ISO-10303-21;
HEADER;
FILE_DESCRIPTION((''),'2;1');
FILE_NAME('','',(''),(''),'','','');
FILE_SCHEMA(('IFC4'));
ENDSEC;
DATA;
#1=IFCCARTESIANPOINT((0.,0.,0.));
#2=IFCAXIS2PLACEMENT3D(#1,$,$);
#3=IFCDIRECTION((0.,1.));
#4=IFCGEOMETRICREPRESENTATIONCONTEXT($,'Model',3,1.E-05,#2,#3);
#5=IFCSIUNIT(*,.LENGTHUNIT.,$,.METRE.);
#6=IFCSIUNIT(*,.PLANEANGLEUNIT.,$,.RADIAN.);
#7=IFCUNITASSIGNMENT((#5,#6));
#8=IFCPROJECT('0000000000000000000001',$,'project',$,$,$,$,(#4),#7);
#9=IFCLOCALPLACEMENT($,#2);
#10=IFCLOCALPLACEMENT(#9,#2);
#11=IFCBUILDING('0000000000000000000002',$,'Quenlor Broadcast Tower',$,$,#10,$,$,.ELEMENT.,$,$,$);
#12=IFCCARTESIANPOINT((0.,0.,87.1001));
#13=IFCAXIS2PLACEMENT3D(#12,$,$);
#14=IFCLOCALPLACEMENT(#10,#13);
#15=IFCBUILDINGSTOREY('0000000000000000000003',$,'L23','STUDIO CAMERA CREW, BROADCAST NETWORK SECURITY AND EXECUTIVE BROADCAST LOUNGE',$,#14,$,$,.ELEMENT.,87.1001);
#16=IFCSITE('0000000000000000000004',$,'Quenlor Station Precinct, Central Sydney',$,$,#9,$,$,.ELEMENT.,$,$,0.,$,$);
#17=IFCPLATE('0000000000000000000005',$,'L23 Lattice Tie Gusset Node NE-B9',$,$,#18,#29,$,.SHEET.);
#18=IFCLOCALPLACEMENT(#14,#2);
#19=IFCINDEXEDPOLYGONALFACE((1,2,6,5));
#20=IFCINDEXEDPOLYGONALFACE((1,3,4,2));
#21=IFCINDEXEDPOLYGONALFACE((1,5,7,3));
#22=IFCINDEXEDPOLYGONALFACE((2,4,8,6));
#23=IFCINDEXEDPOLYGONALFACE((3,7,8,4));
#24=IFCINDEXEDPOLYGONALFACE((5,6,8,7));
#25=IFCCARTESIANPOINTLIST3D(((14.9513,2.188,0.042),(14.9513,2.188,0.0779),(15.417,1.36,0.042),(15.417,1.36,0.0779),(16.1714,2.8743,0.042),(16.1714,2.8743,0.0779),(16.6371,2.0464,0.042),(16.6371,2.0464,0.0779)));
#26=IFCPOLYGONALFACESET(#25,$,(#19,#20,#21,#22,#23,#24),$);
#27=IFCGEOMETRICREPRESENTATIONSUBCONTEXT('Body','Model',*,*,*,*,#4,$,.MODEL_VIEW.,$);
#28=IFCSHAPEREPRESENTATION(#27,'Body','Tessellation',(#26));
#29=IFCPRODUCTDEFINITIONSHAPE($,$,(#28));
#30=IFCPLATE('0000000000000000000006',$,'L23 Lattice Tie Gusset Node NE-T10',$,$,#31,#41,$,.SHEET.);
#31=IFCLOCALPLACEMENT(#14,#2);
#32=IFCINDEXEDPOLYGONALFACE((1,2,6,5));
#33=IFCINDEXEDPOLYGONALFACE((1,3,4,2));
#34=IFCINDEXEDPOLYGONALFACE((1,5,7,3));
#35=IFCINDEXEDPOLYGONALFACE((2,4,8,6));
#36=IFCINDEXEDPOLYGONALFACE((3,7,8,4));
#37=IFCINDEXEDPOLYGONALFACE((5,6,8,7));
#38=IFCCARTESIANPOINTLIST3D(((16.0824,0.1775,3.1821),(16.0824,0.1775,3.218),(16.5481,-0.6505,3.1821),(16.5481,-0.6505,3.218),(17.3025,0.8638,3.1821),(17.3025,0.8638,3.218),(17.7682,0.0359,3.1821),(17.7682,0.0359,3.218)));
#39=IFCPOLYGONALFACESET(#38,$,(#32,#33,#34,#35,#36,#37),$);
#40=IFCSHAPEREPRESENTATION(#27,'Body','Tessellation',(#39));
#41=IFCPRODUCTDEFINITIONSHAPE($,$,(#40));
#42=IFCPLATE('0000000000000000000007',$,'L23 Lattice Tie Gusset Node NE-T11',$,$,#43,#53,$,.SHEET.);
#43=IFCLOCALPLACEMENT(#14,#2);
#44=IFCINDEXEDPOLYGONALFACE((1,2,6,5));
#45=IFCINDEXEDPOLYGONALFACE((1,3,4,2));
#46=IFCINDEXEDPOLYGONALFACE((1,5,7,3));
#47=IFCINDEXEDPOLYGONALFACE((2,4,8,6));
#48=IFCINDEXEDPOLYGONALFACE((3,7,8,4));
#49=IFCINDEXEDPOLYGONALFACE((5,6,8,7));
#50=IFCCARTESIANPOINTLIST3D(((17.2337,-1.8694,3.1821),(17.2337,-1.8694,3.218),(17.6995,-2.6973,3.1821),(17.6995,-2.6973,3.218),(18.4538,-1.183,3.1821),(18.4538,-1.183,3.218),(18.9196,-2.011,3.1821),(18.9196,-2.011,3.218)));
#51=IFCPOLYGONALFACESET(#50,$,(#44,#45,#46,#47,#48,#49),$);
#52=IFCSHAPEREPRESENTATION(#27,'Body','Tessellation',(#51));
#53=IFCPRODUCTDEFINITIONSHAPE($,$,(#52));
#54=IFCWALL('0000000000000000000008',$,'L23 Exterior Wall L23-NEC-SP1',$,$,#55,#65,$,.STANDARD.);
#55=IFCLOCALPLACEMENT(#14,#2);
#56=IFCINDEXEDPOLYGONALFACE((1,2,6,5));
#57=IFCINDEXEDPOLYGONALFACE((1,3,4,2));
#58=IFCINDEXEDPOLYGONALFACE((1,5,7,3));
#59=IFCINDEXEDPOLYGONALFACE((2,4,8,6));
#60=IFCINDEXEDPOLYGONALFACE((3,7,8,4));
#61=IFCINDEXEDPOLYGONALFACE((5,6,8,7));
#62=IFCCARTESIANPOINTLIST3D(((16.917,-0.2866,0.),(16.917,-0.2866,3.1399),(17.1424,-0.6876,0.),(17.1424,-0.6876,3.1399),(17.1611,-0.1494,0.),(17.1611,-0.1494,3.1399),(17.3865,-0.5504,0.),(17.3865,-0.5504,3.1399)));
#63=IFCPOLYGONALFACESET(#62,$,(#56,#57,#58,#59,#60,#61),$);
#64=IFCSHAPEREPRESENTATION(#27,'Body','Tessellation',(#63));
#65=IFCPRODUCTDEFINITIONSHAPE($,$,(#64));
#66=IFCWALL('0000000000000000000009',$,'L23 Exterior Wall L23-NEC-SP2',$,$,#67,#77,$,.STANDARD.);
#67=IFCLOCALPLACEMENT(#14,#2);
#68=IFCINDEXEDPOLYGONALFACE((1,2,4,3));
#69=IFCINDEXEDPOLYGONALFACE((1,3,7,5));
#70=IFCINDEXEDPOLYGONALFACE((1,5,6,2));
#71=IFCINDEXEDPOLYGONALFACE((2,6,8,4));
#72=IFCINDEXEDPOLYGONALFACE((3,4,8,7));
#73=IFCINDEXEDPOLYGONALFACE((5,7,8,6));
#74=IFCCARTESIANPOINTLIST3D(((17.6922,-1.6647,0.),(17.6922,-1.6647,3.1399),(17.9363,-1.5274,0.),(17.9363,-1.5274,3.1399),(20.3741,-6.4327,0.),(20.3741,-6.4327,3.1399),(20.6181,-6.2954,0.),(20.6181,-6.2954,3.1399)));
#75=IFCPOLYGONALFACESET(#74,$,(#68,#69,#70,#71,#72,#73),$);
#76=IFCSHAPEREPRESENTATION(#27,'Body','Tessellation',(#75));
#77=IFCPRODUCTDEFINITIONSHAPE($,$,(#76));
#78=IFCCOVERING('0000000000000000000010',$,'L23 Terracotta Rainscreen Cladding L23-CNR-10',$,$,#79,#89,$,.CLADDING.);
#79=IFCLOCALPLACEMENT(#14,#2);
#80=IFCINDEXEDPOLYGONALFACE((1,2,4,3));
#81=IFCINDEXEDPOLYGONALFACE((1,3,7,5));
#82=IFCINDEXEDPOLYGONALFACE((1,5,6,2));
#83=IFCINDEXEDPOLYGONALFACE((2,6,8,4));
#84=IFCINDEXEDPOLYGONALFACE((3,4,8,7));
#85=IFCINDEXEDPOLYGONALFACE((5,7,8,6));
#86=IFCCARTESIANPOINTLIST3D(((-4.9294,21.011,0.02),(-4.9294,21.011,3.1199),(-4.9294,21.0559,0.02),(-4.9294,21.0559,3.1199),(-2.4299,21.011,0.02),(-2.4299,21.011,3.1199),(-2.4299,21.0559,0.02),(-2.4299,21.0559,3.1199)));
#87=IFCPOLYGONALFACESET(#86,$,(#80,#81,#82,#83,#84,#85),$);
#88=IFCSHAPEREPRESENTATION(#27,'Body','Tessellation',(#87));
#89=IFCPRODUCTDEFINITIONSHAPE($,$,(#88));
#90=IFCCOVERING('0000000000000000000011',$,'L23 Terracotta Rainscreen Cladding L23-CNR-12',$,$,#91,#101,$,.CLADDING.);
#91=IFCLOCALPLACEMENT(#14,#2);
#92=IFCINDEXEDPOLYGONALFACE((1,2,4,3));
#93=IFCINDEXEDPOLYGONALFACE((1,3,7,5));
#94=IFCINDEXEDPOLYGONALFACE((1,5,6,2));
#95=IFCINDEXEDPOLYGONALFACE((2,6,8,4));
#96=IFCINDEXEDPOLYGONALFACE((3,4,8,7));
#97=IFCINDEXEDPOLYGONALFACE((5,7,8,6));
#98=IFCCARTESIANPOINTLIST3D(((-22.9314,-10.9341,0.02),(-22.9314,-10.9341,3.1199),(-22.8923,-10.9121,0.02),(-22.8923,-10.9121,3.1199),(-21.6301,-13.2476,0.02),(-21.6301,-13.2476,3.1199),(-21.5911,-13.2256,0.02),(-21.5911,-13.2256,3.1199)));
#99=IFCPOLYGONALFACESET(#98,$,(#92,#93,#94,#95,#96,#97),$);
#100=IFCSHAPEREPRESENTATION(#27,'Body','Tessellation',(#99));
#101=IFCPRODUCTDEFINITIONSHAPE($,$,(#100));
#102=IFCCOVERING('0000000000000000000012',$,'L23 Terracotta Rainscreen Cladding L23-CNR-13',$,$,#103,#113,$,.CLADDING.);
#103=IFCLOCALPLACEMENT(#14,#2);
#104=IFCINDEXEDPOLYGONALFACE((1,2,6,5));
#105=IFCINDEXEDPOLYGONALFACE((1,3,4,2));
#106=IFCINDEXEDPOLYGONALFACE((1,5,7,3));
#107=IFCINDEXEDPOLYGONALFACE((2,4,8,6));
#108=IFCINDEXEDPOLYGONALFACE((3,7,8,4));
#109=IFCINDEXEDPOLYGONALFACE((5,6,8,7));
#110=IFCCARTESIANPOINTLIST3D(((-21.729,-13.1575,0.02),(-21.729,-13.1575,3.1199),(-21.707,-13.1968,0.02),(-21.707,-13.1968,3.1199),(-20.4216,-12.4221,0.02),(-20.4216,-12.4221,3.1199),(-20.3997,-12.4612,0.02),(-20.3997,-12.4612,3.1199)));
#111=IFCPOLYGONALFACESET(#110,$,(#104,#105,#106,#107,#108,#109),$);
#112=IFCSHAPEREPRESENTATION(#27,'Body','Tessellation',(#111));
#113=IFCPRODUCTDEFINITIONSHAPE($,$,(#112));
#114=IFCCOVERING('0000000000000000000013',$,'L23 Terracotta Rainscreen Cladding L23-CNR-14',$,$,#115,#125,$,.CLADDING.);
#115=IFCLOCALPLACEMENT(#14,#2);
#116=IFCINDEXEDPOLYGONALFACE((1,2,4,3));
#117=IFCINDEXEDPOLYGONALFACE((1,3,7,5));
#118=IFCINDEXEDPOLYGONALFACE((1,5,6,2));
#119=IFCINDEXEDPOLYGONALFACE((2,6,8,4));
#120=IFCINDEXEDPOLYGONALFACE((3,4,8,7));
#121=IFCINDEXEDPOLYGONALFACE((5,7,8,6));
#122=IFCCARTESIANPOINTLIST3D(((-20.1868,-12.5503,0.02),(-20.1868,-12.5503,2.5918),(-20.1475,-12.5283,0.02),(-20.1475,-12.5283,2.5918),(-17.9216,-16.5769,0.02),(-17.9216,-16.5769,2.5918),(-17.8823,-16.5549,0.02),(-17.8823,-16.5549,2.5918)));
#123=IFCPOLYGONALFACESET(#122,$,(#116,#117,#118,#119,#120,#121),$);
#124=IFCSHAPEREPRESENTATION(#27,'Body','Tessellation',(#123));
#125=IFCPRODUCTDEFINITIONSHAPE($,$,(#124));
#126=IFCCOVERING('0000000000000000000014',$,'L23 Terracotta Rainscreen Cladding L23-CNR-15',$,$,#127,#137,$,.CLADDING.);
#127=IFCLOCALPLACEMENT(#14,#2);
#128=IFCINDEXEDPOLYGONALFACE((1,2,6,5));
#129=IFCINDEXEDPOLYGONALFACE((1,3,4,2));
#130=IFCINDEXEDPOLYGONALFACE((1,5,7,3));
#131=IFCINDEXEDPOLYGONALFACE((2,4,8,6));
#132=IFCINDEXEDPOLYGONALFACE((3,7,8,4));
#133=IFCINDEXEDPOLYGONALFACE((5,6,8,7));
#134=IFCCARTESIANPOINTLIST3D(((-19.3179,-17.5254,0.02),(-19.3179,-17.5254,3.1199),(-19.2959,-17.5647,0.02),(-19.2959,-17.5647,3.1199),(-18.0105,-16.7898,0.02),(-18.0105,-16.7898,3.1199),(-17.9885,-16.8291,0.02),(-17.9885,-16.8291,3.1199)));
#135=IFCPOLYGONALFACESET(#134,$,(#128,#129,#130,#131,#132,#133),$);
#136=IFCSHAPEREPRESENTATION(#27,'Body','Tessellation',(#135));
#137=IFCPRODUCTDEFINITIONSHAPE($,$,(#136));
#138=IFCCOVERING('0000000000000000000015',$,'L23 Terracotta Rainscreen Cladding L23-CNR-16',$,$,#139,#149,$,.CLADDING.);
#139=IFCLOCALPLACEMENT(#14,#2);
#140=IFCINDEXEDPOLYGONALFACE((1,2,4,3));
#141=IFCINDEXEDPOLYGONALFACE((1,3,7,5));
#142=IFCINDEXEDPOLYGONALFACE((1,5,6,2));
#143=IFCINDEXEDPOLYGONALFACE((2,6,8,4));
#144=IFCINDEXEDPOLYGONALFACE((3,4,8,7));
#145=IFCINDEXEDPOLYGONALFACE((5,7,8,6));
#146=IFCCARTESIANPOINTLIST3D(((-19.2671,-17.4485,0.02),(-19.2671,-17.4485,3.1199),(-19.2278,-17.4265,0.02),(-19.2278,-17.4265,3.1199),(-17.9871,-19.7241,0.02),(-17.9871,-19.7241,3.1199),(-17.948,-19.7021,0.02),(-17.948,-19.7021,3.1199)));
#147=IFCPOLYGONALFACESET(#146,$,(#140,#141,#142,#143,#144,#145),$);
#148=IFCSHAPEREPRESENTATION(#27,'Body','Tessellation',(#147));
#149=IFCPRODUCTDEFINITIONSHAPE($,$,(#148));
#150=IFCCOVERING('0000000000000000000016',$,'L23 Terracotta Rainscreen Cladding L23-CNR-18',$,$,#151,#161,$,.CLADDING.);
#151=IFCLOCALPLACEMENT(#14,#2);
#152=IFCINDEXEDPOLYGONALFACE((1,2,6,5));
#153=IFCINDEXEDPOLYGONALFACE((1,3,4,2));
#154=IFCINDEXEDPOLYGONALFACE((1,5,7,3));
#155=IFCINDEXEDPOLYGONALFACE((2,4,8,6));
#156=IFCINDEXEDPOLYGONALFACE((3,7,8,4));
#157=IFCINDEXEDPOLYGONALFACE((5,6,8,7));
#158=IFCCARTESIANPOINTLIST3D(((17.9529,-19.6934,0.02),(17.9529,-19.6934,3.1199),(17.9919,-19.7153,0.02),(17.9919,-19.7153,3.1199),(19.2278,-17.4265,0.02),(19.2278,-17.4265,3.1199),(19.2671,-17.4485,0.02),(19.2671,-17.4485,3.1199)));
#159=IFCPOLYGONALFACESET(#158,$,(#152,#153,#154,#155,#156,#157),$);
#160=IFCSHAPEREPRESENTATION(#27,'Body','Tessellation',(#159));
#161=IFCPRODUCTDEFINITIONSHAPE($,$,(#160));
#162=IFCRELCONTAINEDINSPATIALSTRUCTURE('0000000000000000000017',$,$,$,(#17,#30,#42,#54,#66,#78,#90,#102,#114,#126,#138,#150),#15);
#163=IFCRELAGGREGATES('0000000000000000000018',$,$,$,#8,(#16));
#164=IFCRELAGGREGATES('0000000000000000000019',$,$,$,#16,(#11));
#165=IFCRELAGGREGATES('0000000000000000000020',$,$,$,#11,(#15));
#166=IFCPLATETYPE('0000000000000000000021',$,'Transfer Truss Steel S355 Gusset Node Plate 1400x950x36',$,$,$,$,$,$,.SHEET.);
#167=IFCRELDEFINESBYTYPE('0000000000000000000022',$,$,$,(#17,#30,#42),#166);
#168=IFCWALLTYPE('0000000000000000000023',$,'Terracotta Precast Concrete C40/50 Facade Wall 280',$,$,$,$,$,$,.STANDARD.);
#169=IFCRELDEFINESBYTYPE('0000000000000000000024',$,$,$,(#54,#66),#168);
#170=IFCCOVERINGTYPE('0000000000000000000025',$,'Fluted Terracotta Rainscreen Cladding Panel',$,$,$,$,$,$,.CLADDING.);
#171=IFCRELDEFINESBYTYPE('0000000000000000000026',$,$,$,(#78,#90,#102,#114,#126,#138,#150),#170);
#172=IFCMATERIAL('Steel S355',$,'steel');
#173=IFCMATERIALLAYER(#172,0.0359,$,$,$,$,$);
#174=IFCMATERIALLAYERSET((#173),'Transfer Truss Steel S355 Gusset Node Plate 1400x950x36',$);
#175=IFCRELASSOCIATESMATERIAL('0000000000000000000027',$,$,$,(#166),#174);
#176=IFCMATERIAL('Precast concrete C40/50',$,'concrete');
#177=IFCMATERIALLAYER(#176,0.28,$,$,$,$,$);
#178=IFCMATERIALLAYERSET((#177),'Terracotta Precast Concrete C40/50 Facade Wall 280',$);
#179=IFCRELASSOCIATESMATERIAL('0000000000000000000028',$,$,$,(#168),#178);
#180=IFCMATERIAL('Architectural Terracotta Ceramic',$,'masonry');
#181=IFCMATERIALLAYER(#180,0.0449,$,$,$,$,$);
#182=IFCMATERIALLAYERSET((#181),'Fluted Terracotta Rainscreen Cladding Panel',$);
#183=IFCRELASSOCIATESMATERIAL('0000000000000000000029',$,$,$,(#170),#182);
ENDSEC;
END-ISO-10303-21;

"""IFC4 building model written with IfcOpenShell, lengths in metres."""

from ifc_helpers import new_model, si_unit, direction, frame, frame_2d, origin, origin_2d, place, context, subcontext, project, spatial, polyline, rectangle, outline, extrude, material, layer, layer_set, type_object, element, save


model = new_model("IFC4")

# Units and contexts
model_context = context("Model", 3, precision=1e-05, world=origin(), true_north=direction((0.0, 1.0)))
body_context = subcontext(model_context, "Body", "Model", "MODEL_VIEW")
ifc_project = project(units=[si_unit("LENGTHUNIT", "METRE"), si_unit("PLANEANGLEUNIT", "RADIAN")], contexts=[model_context])

# Site, building, storey
site_placement = place(None, origin())
site = spatial("IfcSite", under=ifc_project, at=site_placement, Name="Quenlor Station Precinct, Central Sydney", CompositionType="ELEMENT", RefElevation=0.0)
building_placement = place(site_placement, origin())
building = spatial("IfcBuilding", under=site, at=building_placement, Name="Quenlor Broadcast Tower", CompositionType="ELEMENT")
storey_placement = place(building_placement, frame((0.0, 0.0, 87.1001)))
storey = spatial("IfcBuildingStorey", under=building, at=storey_placement, Name="L23", Description="STUDIO CAMERA CREW, BROADCAST NETWORK SECURITY AND EXECUTIVE BROADCAST LOUNGE", CompositionType="ELEMENT", Elevation=87.1001)

# Plates
ifc_material_1 = material(Name="Steel S355", Category="steel")
ifc_layer_1 = layer(ifc_material_1, 0.0359)
ifc_layer_set_1 = layer_set([ifc_layer_1], Name="Transfer Truss Steel S355 Gusset Node Plate 1400x950x36")
plate_type_1 = type_object("IfcPlateType", Name="Transfer Truss Steel S355 Gusset Node Plate 1400x950x36", PredefinedType="SHEET", material=ifc_layer_set_1)
for number, where, z_axis, x_axis, name in (
    (1, (15.7942, 2.1172, 0.042), (0.0, 0.0, 1.0), (0.871556, 0.490295, 0.0), "L23 Lattice Tie Gusset Node NE-B9"),
    (2, (16.9253, 0.1067, 3.1821), (0.0, 0.0, 1.0), (0.871556, 0.490295, 0.0), "L23 Lattice Tie Gusset Node NE-T10"),
    (3, (18.0767, -1.9402, 3.1821), (0.0, 0.0, 1.0), (0.871556, 0.490295, 0.0), "L23 Lattice Tie Gusset Node NE-T11"),
):
    element("IfcPlate", number, at=place(storey_placement, frame(where, z_axis=z_axis, x_axis=x_axis)), inside=storey, type_object=plate_type_1, Name=name, PredefinedType="SHEET", context=body_context, shape_type="SweptSolid", body=[
        extrude(rectangle(XDim=1.3999, YDim=0.95, at=origin_2d()), origin(), (0.0, 0.0, 1.0), 0.0359),
    ])

# Walls
ifc_material_2 = material(Name="Precast concrete C40/50", Category="concrete")
ifc_layer_2 = layer(ifc_material_2, 0.28)
ifc_layer_set_2 = layer_set([ifc_layer_2], Name="Terracotta Precast Concrete C40/50 Facade Wall 280")
wall_type = type_object("IfcWallType", Name="Terracotta Precast Concrete C40/50 Facade Wall 280", PredefinedType="STANDARD", material=ifc_layer_set_2)
wall_1_placement = place(storey_placement, frame((17.0391, -0.218, 0.0), z_axis=(0.0, 0.0, 1.0), x_axis=(0.490009, -0.871717, 0.0)))
element("IfcWall", 4, at=wall_1_placement, inside=storey, type_object=wall_type, Name="L23 Exterior Wall L23-NEC-SP1", PredefinedType="STANDARD", context=body_context, shape_type="SweptSolid", body=[
    extrude(rectangle(XDim=0.46, YDim=0.28, at=frame_2d((0.23, 0.0))), origin(), (0.0, 0.0, 1.0), 3.1399),
])
wall_2_placement = place(storey_placement, frame((17.8142, -1.5959, 0.0), z_axis=(0.0, 0.0, 1.0), x_axis=(0.49024, -0.871587, 0.0)))
element("IfcWall", 5, at=wall_2_placement, inside=storey, type_object=wall_type, Name="L23 Exterior Wall L23-NEC-SP2", PredefinedType="STANDARD", context=body_context, shape_type="SweptSolid", body=[
    extrude(rectangle(XDim=5.4705, YDim=0.28, at=frame_2d((2.7354, 0.0))), origin(), (0.0, 0.0, 1.0), 3.1399),
])

# Coverings
ifc_material_3 = material(Name="Architectural Terracotta Ceramic", Category="masonry")
ifc_layer_3 = layer(ifc_material_3, 0.0449)
ifc_layer_set_3 = layer_set([ifc_layer_3], Name="Fluted Terracotta Rainscreen Cladding Panel")
covering_type = type_object("IfcCoveringType", Name="Fluted Terracotta Rainscreen Cladding Panel", PredefinedType="CLADDING", material=ifc_layer_set_3)
covering_1_placement = place(storey_placement, frame((0.0, 0.0, 0.02)))
element("IfcCovering", 6, at=covering_1_placement, inside=storey, type_object=covering_type, Name="L23 Terracotta Rainscreen Cladding L23-CNR-10", PredefinedType="CLADDING", context=body_context, shape_type="SweptSolid", body=[
    extrude(outline(polyline([(-2.4299, 21.0559), (-4.9294, 21.0559), (-4.9294, 21.011), (-2.4299, 21.011), (-2.4299, 21.0559)])), origin(), (0.0, 0.0, 1.0), 3.0999),
])
covering_2_placement = place(storey_placement, frame((0.0, 0.0, 0.02)))
element("IfcCovering", 7, at=covering_2_placement, inside=storey, type_object=covering_type, Name="L23 Terracotta Rainscreen Cladding L23-CNR-12", PredefinedType="CLADDING", context=body_context, shape_type="SweptSolid", body=[
    extrude(outline(polyline([(-22.9314, -10.9341), (-21.6301, -13.2476), (-21.5911, -13.2256), (-22.8923, -10.9121), (-22.9314, -10.9341)])), origin(), (0.0, 0.0, 1.0), 3.0999),
])
covering_3_placement = place(storey_placement, frame((0.0, 0.0, 0.02)))
element("IfcCovering", 8, at=covering_3_placement, inside=storey, type_object=covering_type, Name="L23 Terracotta Rainscreen Cladding L23-CNR-13", PredefinedType="CLADDING", context=body_context, shape_type="SweptSolid", body=[
    extrude(outline(polyline([(-21.707, -13.1968), (-20.3997, -12.4612), (-20.4216, -12.4221), (-21.729, -13.1575), (-21.707, -13.1968)])), origin(), (0.0, 0.0, 1.0), 3.0999),
])
covering_4_placement = place(storey_placement, frame((0.0, 0.0, 0.02)))
element("IfcCovering", 9, at=covering_4_placement, inside=storey, type_object=covering_type, Name="L23 Terracotta Rainscreen Cladding L23-CNR-14", PredefinedType="CLADDING", context=body_context, shape_type="SweptSolid", body=[
    extrude(outline(polyline([(-20.1868, -12.5503), (-17.9216, -16.5769), (-17.8823, -16.5549), (-20.1475, -12.5283), (-20.1868, -12.5503)])), origin(), (0.0, 0.0, 1.0), 2.5718),
])
covering_5_placement = place(storey_placement, frame((0.0, 0.0, 0.02)))
element("IfcCovering", 10, at=covering_5_placement, inside=storey, type_object=covering_type, Name="L23 Terracotta Rainscreen Cladding L23-CNR-15", PredefinedType="CLADDING", context=body_context, shape_type="SweptSolid", body=[
    extrude(outline(polyline([(-18.0105, -16.7898), (-19.3179, -17.5254), (-19.2959, -17.5647), (-17.9885, -16.8291), (-18.0105, -16.7898)])), origin(), (0.0, 0.0, 1.0), 3.0999),
])
covering_6_placement = place(storey_placement, frame((0.0, 0.0, 0.02)))
element("IfcCovering", 11, at=covering_6_placement, inside=storey, type_object=covering_type, Name="L23 Terracotta Rainscreen Cladding L23-CNR-16", PredefinedType="CLADDING", context=body_context, shape_type="SweptSolid", body=[
    extrude(outline(polyline([(-19.2671, -17.4485), (-17.9871, -19.7241), (-17.948, -19.7021), (-19.2278, -17.4265), (-19.2671, -17.4485)])), origin(), (0.0, 0.0, 1.0), 3.0999),
])
covering_7_placement = place(storey_placement, frame((0.0, 0.0, 0.02)))
element("IfcCovering", 12, at=covering_7_placement, inside=storey, type_object=covering_type, Name="L23 Terracotta Rainscreen Cladding L23-CNR-18", PredefinedType="CLADDING", context=body_context, shape_type="SweptSolid", body=[
    extrude(outline(polyline([(17.9919, -19.7153), (19.2671, -17.4485), (19.2278, -17.4265), (17.9529, -19.6934), (17.9919, -19.7153)])), origin(), (0.0, 0.0, 1.0), 3.0999),
])

save(model, "model.ifc")
